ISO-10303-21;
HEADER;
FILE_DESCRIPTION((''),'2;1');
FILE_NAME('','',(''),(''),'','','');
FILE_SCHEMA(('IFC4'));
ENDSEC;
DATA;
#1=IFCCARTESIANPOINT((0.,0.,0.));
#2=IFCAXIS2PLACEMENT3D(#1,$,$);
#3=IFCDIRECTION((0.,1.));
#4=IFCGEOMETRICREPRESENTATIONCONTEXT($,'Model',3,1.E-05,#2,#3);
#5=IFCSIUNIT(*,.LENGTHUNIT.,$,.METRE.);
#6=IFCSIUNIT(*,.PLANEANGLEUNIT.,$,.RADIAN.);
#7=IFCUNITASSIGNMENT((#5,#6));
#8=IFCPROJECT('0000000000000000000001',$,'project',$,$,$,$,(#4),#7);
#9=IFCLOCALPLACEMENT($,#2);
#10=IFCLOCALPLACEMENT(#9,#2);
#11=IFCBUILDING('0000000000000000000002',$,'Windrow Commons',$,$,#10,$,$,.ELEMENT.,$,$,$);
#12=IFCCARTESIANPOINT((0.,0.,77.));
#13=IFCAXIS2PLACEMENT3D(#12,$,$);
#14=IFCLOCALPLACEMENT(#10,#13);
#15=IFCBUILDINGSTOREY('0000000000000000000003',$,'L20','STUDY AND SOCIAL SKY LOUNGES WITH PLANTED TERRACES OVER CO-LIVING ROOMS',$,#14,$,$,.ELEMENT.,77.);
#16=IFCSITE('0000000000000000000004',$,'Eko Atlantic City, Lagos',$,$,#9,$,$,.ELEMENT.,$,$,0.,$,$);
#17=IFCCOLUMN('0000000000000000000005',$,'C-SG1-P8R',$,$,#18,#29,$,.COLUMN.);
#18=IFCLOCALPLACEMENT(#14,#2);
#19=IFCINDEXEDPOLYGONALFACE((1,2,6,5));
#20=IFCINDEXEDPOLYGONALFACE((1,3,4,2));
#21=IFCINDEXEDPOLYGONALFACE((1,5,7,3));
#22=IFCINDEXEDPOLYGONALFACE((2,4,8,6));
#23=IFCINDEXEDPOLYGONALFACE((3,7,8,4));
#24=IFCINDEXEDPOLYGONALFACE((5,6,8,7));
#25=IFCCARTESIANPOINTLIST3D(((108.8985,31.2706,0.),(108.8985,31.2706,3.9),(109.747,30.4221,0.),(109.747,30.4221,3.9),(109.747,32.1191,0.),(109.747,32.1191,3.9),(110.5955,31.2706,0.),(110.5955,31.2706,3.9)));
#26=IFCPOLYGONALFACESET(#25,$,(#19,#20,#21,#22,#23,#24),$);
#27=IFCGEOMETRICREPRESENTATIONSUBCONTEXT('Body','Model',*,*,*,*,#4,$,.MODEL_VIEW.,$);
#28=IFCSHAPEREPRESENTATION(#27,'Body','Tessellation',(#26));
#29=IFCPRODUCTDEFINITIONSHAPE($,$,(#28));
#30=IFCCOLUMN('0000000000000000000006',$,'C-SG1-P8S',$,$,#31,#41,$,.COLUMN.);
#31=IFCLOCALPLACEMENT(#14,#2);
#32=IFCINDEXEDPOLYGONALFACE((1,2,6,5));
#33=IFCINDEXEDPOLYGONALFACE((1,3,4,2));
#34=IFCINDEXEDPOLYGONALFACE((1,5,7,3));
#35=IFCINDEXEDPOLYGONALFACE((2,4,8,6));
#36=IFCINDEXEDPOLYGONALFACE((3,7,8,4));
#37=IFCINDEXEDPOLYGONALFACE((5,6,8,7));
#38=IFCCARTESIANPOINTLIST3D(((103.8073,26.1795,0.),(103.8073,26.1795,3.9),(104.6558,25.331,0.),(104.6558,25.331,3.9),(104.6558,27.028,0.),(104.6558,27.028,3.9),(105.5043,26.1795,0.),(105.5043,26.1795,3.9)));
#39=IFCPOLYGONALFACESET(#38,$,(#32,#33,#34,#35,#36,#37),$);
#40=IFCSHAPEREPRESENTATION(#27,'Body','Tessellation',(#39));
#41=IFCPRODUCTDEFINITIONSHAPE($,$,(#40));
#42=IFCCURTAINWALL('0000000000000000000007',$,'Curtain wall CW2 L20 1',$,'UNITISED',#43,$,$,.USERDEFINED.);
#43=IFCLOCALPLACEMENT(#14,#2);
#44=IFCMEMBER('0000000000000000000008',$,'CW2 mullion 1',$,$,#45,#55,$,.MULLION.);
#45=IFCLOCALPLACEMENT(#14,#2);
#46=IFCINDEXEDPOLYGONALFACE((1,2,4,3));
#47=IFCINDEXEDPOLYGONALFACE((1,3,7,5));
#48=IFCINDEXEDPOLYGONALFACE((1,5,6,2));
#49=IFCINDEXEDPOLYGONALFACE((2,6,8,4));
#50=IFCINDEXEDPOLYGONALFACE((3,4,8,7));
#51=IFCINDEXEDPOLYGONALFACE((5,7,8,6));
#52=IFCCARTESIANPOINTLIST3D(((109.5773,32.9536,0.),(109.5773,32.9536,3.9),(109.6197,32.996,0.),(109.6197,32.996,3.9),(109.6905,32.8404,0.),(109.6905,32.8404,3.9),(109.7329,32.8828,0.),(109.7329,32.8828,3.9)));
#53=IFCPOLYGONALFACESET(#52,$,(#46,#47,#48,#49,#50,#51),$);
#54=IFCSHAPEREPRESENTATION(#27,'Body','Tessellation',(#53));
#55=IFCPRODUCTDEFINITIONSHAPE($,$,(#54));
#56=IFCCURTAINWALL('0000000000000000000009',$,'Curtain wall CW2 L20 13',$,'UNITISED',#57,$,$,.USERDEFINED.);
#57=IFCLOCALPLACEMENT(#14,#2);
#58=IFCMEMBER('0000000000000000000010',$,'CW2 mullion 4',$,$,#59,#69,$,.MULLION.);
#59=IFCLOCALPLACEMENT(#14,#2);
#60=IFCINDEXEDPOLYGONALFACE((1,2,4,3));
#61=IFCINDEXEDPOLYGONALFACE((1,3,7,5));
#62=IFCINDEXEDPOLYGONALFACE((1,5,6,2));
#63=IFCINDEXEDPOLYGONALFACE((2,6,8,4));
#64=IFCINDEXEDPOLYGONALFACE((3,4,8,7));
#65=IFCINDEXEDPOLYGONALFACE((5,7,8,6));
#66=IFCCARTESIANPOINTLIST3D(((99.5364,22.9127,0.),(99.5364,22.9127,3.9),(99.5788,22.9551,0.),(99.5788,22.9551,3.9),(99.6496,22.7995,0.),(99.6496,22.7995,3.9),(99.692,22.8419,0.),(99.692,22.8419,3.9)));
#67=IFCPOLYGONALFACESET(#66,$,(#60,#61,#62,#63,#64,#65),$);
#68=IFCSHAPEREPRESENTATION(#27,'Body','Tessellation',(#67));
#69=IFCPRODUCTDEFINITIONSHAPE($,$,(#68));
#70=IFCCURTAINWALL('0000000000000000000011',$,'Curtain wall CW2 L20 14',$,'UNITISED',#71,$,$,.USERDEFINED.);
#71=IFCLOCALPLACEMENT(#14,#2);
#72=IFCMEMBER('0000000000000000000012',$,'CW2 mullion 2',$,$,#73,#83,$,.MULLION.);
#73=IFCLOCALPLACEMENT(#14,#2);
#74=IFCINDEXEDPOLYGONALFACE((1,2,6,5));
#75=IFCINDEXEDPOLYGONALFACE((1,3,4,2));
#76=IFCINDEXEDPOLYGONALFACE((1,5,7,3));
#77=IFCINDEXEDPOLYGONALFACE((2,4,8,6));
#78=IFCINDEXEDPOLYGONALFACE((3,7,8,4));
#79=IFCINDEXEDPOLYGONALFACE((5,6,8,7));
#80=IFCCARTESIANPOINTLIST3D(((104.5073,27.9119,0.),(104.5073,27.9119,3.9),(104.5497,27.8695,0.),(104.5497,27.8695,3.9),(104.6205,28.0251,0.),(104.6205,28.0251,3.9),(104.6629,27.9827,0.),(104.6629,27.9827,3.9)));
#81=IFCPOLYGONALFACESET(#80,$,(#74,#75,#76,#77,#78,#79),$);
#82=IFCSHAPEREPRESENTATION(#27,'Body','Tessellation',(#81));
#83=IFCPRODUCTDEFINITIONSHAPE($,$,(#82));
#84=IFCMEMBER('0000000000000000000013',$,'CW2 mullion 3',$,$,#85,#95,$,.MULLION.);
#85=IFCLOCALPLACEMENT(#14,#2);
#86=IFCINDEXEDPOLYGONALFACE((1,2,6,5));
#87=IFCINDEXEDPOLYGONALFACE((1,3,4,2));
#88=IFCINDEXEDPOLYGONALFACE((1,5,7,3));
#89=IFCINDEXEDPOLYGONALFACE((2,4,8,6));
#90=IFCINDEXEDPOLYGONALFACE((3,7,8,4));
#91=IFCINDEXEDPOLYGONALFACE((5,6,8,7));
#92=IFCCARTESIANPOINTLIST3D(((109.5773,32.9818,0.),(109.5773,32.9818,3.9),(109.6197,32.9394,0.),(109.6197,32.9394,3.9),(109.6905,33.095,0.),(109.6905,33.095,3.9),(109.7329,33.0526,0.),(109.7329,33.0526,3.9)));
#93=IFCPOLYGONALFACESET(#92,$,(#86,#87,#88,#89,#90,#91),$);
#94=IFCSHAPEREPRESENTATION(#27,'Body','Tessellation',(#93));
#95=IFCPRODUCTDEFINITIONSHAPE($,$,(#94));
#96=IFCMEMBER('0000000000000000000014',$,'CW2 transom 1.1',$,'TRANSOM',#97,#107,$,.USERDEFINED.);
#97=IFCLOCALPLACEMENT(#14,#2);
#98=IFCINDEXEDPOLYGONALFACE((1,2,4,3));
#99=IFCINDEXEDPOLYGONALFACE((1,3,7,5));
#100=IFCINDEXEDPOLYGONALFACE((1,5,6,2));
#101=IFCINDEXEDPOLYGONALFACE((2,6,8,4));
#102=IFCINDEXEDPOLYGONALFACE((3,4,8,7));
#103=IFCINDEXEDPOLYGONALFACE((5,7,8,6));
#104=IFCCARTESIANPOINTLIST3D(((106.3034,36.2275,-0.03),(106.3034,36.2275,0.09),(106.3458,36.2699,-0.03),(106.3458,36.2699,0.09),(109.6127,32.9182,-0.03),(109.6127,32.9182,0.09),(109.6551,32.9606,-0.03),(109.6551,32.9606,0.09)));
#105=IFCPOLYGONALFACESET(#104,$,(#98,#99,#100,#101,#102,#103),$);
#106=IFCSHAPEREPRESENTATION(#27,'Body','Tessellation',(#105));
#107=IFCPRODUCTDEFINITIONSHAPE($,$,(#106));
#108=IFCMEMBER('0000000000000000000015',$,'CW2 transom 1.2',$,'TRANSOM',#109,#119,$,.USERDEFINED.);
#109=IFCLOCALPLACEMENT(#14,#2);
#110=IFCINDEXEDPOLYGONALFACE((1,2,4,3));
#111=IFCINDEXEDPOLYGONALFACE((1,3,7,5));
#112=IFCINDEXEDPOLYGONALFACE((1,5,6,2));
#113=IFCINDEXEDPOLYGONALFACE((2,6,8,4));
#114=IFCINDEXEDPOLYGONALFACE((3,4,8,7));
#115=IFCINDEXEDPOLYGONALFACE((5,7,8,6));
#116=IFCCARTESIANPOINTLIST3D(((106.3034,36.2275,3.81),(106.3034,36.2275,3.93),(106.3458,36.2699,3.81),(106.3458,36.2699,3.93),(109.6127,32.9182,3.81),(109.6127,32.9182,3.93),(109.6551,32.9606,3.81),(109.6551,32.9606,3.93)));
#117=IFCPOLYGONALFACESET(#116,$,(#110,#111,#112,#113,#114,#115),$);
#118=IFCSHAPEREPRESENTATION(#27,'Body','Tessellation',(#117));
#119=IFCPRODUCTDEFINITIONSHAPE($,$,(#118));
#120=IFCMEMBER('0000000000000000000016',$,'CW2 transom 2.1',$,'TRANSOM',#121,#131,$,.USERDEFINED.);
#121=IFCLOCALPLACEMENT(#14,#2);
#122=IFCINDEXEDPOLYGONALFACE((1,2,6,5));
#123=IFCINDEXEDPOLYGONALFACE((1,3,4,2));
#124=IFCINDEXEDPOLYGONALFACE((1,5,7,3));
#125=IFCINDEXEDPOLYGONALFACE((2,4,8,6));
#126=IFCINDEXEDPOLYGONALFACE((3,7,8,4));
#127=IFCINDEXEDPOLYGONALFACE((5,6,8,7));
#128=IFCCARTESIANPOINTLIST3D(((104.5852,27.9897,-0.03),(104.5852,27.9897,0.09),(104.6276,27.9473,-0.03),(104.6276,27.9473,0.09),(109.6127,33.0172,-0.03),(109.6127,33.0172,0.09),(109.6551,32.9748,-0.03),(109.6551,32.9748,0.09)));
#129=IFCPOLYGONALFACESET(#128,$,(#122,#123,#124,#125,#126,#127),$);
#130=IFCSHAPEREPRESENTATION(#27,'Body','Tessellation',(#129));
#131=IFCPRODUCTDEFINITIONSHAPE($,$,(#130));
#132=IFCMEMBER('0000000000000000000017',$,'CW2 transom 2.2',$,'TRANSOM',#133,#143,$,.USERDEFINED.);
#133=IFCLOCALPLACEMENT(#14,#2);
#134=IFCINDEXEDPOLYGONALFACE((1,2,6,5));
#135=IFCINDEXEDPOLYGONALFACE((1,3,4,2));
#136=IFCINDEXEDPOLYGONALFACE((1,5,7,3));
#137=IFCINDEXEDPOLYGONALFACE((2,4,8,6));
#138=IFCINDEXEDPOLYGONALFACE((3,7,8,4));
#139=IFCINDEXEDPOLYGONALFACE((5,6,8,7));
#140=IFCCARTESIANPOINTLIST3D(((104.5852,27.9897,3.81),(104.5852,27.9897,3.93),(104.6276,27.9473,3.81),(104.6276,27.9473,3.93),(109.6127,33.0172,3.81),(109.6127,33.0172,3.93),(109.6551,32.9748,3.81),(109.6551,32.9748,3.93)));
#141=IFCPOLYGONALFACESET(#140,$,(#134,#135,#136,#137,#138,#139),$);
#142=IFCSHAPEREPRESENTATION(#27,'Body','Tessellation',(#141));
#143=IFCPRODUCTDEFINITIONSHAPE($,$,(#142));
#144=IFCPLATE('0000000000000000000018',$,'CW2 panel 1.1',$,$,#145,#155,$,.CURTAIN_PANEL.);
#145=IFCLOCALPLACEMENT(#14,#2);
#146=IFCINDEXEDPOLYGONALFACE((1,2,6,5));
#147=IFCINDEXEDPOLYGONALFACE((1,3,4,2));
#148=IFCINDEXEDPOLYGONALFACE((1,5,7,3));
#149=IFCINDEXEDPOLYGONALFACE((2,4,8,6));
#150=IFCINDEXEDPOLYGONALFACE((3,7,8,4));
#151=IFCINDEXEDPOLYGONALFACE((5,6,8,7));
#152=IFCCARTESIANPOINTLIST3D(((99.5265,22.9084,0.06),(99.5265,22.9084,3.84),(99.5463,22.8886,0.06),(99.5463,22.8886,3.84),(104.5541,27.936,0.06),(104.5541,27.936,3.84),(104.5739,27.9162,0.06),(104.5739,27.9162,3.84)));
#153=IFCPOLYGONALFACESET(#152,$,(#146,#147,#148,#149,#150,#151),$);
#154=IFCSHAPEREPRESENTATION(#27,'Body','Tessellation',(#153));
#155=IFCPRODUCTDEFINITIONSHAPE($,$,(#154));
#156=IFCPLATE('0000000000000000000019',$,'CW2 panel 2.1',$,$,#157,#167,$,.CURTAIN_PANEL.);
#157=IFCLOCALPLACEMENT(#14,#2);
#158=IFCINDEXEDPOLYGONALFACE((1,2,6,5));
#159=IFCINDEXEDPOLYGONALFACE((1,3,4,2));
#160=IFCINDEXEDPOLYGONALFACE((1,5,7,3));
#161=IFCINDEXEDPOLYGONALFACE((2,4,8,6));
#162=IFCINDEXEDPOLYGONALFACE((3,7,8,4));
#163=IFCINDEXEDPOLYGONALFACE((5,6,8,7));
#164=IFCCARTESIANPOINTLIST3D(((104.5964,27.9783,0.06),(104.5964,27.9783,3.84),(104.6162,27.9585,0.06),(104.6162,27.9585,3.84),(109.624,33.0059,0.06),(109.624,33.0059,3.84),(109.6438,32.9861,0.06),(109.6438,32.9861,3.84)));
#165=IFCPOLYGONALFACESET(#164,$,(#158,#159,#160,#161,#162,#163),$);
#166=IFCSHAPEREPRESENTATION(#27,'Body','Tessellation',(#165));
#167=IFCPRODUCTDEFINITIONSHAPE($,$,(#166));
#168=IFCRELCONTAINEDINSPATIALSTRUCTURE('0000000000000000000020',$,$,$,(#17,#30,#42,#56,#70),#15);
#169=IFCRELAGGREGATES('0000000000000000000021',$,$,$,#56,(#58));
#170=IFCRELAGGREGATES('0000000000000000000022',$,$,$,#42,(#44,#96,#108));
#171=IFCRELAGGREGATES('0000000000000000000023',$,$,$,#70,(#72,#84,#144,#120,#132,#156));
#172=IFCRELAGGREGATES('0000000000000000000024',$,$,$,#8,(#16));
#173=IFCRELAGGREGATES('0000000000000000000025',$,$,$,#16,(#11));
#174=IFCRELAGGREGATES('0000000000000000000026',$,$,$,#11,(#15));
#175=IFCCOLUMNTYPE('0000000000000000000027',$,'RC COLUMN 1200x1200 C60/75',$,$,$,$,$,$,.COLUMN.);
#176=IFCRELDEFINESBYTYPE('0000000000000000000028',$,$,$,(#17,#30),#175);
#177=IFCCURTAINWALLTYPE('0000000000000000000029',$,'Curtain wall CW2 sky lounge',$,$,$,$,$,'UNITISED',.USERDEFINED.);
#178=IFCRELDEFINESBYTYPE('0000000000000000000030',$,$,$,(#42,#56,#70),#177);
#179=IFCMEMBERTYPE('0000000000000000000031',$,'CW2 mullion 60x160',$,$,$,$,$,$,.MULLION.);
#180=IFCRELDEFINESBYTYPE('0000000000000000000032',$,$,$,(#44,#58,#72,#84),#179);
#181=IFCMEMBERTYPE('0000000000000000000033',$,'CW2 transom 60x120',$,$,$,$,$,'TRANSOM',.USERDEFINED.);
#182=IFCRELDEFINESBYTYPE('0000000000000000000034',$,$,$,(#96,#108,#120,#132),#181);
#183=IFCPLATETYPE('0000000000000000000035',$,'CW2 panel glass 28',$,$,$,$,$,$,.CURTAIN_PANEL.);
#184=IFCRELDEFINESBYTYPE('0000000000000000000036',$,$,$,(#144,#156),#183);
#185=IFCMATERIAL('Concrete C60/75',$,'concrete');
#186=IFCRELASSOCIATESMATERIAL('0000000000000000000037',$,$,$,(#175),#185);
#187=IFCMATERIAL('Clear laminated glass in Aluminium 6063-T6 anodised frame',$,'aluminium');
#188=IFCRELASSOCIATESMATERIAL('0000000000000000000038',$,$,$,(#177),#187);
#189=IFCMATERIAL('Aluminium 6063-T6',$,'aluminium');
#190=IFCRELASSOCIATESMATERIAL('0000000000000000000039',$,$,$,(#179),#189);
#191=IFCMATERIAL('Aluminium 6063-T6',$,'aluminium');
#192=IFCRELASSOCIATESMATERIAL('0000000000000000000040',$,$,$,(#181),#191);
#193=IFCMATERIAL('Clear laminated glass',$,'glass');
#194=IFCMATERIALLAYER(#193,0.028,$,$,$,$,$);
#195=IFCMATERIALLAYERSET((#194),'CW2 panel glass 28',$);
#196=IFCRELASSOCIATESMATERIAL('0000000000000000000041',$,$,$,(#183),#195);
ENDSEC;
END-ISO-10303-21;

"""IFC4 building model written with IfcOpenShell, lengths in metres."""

from ifc_helpers import new_model, si_unit, direction, frame, origin, origin_2d, place, context, subcontext, project, spatial, rectangle, extrude, material, layer, layer_set, material_profile, profile_set, type_object, element, aggregate, save


model = new_model("IFC4")

# Units and contexts
model_context = context("Model", 3, precision=1e-05, world=origin(), true_north=direction((0.0, 1.0)))
body_context = subcontext(model_context, "Body", "Model", "MODEL_VIEW")
ifc_project = project(units=[si_unit("LENGTHUNIT", "METRE"), si_unit("PLANEANGLEUNIT", "RADIAN")], contexts=[model_context])

# Site, building, storey
site_placement = place(None, origin())
site = spatial("IfcSite", under=ifc_project, at=site_placement, Name="Eko Atlantic City, Lagos", CompositionType="ELEMENT", RefElevation=0.0)
building_placement = place(site_placement, origin())
building = spatial("IfcBuilding", under=site, at=building_placement, Name="Windrow Commons", CompositionType="ELEMENT")
storey_placement = place(building_placement, frame((0.0, 0.0, 77.0)))
storey = spatial("IfcBuildingStorey", under=building, at=storey_placement, Name="L20", Description="STUDY AND SOCIAL SKY LOUNGES WITH PLANTED TERRACES OVER CO-LIVING ROOMS", CompositionType="ELEMENT", Elevation=77.0)

# Columns
ifc_material_1 = material(Name="Concrete C60/75", Category="concrete")
ifc_material_profile_1 = material_profile(ifc_material_1, rectangle(XDim=1.2, YDim=1.2, at=origin_2d()))
ifc_profile_set_1 = profile_set([ifc_material_profile_1], Name="Concrete C60/75")
column_type = type_object("IfcColumnType", Name="RC COLUMN 1200x1200 C60/75", PredefinedType="COLUMN", material=ifc_profile_set_1)
for number, where, z_axis, x_axis, name in (
    (1, (109.747, 31.2706, 0.0), (0.0, 0.0, 1.0), (0.707107, -0.707107, 0.0), "C-SG1-P8R"),
    (2, (104.6558, 26.1795, 0.0), (0.0, 0.0, 1.0), (0.707107, -0.707107, 0.0), "C-SG1-P8S"),
):
    element("IfcColumn", number, at=place(storey_placement, frame(where, z_axis=z_axis, x_axis=x_axis)), inside=storey, type_object=column_type, Name=name, PredefinedType="COLUMN", context=body_context, shape_type="SweptSolid", body=[
        extrude(rectangle(XDim=1.2, YDim=1.2, at=origin_2d()), origin(), (0.0, 0.0, 1.0), 3.9),
    ])

# Curtain walls, members
ifc_material_2 = material(Name="Clear laminated glass in Aluminium 6063-T6 anodised frame", Category="aluminium")
curtain_wall_type = type_object("IfcCurtainWallType", Name="Curtain wall CW2 sky lounge", ElementType="UNITISED", PredefinedType="USERDEFINED", material=ifc_material_2)
placement = place(storey_placement, origin())
curtain_wall_1 = element("IfcCurtainWall", 3, at=placement, inside=storey, type_object=curtain_wall_type, Name="Curtain wall CW2 L20 1", ObjectType="UNITISED", PredefinedType="USERDEFINED")
ifc_material_3 = material(Name="Aluminium 6063-T6", Category="aluminium")
ifc_material_profile_2 = material_profile(ifc_material_3, rectangle(XDim=0.06, YDim=0.16, at=origin_2d()))
ifc_profile_set_2 = profile_set([ifc_material_profile_2], Name="Aluminium 6063-T6")
member_type_1 = type_object("IfcMemberType", Name="CW2 mullion 60x160", PredefinedType="MULLION", material=ifc_profile_set_2)
member_1_placement = place(storey_placement, frame((109.6551, 32.9182, 0.0), z_axis=(0.0, 0.0, 1.0), x_axis=(-0.707107, -0.707107, 0.0)))
member_1 = element("IfcMember", 4, at=member_1_placement, type_object=member_type_1, Name="CW2 mullion 1", PredefinedType="MULLION", context=body_context, shape_type="SweptSolid", body=[
    extrude(rectangle(XDim=0.06, YDim=0.16, at=origin_2d()), origin(), (0.0, 0.0, 1.0), 3.9),
])
curtain_wall_2 = element("IfcCurtainWall", 5, at=placement, inside=storey, type_object=curtain_wall_type, Name="Curtain wall CW2 L20 13", ObjectType="UNITISED", PredefinedType="USERDEFINED")
member_2_placement = place(storey_placement, frame((99.6142, 22.8773, 0.0), z_axis=(0.0, 0.0, 1.0), x_axis=(0.707105, 0.707108, 0.0)))
member_2 = element("IfcMember", 6, at=member_2_placement, type_object=member_type_1, Name="CW2 mullion 4", PredefinedType="MULLION", context=body_context, shape_type="SweptSolid", body=[
    extrude(rectangle(XDim=0.06, YDim=0.16, at=origin_2d()), origin(), (0.0, 0.0, 1.0), 3.9),
])
aggregate(curtain_wall_2, [member_2])

# Curtain wall, members
curtain_wall_3 = element("IfcCurtainWall", 7, at=placement, inside=storey, type_object=curtain_wall_type, Name="Curtain wall CW2 L20 14", ObjectType="UNITISED", PredefinedType="USERDEFINED")
member_3_placement = place(storey_placement, frame((104.5851, 27.9473, 0.0), z_axis=(0.0, 0.0, 1.0), x_axis=(-0.707107, 0.707107, 0.0)))
member_3 = element("IfcMember", 8, at=member_3_placement, type_object=member_type_1, Name="CW2 mullion 2", PredefinedType="MULLION", context=body_context, shape_type="SweptSolid", body=[
    extrude(rectangle(XDim=0.06, YDim=0.16, at=origin_2d()), origin(), (0.0, 0.0, 1.0), 3.9),
])
member_4_placement = place(storey_placement, frame((109.6551, 33.0172, 0.0), z_axis=(0.0, 0.0, 1.0), x_axis=(-0.707107, 0.707107, 0.0)))
member_4 = element("IfcMember", 9, at=member_4_placement, type_object=member_type_1, Name="CW2 mullion 3", PredefinedType="MULLION", context=body_context, shape_type="SweptSolid", body=[
    extrude(rectangle(XDim=0.06, YDim=0.16, at=origin_2d()), origin(), (0.0, 0.0, 1.0), 3.9),
])

# Members
ifc_material_4 = material(Name="Aluminium 6063-T6", Category="aluminium")
ifc_material_profile_3 = material_profile(ifc_material_4, rectangle(XDim=0.06, YDim=0.12, at=origin_2d()))
ifc_profile_set_3 = profile_set([ifc_material_profile_3], Name="Aluminium 6063-T6")
member_type_2 = type_object("IfcMemberType", Name="CW2 transom 60x120", ElementType="TRANSOM", PredefinedType="USERDEFINED", material=ifc_profile_set_3)
member_5_placement = place(storey_placement, frame((109.6339, 32.9394, 0.03), z_axis=(-0.707107, 0.707107, 0.0), x_axis=(-0.707107, -0.707107, 0.0)))
member_5 = element("IfcMember", 10, at=member_5_placement, type_object=member_type_2, Name="CW2 transom 1.1", ObjectType="TRANSOM", PredefinedType="USERDEFINED", context=body_context, shape_type="SweptSolid", body=[
    extrude(rectangle(XDim=0.06, YDim=0.12, at=origin_2d()), origin(), (0.0, 0.0, 1.0), 4.6801),
])
member_6_placement = place(storey_placement, frame((109.6339, 32.9394, 3.87), z_axis=(-0.707107, 0.707107, 0.0), x_axis=(-0.707107, -0.707107, 0.0)))
member_6 = element("IfcMember", 11, at=member_6_placement, type_object=member_type_2, Name="CW2 transom 1.2", ObjectType="TRANSOM", PredefinedType="USERDEFINED", context=body_context, shape_type="SweptSolid", body=[
    extrude(rectangle(XDim=0.06, YDim=0.12, at=origin_2d()), origin(), (0.0, 0.0, 1.0), 4.6801),
])
aggregate(curtain_wall_1, [member_1, member_5, member_6])
member_7_placement = place(storey_placement, frame((104.6064, 27.9685, 0.03), z_axis=(0.707107, 0.707107, 0.0), x_axis=(-0.707107, 0.707107, 0.0)))
member_7 = element("IfcMember", 12, at=member_7_placement, type_object=member_type_2, Name="CW2 transom 2.1", ObjectType="TRANSOM", PredefinedType="USERDEFINED", context=body_context, shape_type="SweptSolid", body=[
    extrude(rectangle(XDim=0.06, YDim=0.12, at=origin_2d()), origin(), (0.0, 0.0, 1.0), 7.11),
])
member_8_placement = place(storey_placement, frame((104.6064, 27.9685, 3.87), z_axis=(0.707107, 0.707107, 0.0), x_axis=(-0.707107, 0.707107, 0.0)))
member_8 = element("IfcMember", 13, at=member_8_placement, type_object=member_type_2, Name="CW2 transom 2.2", ObjectType="TRANSOM", PredefinedType="USERDEFINED", context=body_context, shape_type="SweptSolid", body=[
    extrude(rectangle(XDim=0.06, YDim=0.12, at=origin_2d()), origin(), (0.0, 0.0, 1.0), 7.11),
])

# Plates
ifc_material_5 = material(Name="Clear laminated glass", Category="glass")
ifc_layer_1 = layer(ifc_material_5, 0.028)
ifc_layer_set_1 = layer_set([ifc_layer_1], Name="CW2 panel glass 28")
plate_type = type_object("IfcPlateType", Name="CW2 panel glass 28", PredefinedType="CURTAIN_PANEL", material=ifc_layer_set_1)
plate_1_placement = place(storey_placement, frame((102.0502, 25.4123, 0.06), z_axis=(0.0, 0.0, 1.0), x_axis=(0.707107, 0.707107, 0.0)))
plate_1 = element("IfcPlate", 14, at=plate_1_placement, type_object=plate_type, Name="CW2 panel 1.1", PredefinedType="CURTAIN_PANEL", context=body_context, shape_type="SweptSolid", body=[
    extrude(rectangle(XDim=7.11, YDim=0.028, at=origin_2d()), origin(), (0.0, 0.0, 1.0), 3.78),
])
plate_2_placement = place(storey_placement, frame((107.1201, 30.4822, 0.06), z_axis=(0.0, 0.0, 1.0), x_axis=(0.707107, 0.707107, 0.0)))
plate_2 = element("IfcPlate", 15, at=plate_2_placement, type_object=plate_type, Name="CW2 panel 2.1", PredefinedType="CURTAIN_PANEL", context=body_context, shape_type="SweptSolid", body=[
    extrude(rectangle(XDim=7.11, YDim=0.028, at=origin_2d()), origin(), (0.0, 0.0, 1.0), 3.78),
])
aggregate(curtain_wall_3, [member_3, member_4, plate_1, member_7, member_8, plate_2])

save(model, "model.ifc")
